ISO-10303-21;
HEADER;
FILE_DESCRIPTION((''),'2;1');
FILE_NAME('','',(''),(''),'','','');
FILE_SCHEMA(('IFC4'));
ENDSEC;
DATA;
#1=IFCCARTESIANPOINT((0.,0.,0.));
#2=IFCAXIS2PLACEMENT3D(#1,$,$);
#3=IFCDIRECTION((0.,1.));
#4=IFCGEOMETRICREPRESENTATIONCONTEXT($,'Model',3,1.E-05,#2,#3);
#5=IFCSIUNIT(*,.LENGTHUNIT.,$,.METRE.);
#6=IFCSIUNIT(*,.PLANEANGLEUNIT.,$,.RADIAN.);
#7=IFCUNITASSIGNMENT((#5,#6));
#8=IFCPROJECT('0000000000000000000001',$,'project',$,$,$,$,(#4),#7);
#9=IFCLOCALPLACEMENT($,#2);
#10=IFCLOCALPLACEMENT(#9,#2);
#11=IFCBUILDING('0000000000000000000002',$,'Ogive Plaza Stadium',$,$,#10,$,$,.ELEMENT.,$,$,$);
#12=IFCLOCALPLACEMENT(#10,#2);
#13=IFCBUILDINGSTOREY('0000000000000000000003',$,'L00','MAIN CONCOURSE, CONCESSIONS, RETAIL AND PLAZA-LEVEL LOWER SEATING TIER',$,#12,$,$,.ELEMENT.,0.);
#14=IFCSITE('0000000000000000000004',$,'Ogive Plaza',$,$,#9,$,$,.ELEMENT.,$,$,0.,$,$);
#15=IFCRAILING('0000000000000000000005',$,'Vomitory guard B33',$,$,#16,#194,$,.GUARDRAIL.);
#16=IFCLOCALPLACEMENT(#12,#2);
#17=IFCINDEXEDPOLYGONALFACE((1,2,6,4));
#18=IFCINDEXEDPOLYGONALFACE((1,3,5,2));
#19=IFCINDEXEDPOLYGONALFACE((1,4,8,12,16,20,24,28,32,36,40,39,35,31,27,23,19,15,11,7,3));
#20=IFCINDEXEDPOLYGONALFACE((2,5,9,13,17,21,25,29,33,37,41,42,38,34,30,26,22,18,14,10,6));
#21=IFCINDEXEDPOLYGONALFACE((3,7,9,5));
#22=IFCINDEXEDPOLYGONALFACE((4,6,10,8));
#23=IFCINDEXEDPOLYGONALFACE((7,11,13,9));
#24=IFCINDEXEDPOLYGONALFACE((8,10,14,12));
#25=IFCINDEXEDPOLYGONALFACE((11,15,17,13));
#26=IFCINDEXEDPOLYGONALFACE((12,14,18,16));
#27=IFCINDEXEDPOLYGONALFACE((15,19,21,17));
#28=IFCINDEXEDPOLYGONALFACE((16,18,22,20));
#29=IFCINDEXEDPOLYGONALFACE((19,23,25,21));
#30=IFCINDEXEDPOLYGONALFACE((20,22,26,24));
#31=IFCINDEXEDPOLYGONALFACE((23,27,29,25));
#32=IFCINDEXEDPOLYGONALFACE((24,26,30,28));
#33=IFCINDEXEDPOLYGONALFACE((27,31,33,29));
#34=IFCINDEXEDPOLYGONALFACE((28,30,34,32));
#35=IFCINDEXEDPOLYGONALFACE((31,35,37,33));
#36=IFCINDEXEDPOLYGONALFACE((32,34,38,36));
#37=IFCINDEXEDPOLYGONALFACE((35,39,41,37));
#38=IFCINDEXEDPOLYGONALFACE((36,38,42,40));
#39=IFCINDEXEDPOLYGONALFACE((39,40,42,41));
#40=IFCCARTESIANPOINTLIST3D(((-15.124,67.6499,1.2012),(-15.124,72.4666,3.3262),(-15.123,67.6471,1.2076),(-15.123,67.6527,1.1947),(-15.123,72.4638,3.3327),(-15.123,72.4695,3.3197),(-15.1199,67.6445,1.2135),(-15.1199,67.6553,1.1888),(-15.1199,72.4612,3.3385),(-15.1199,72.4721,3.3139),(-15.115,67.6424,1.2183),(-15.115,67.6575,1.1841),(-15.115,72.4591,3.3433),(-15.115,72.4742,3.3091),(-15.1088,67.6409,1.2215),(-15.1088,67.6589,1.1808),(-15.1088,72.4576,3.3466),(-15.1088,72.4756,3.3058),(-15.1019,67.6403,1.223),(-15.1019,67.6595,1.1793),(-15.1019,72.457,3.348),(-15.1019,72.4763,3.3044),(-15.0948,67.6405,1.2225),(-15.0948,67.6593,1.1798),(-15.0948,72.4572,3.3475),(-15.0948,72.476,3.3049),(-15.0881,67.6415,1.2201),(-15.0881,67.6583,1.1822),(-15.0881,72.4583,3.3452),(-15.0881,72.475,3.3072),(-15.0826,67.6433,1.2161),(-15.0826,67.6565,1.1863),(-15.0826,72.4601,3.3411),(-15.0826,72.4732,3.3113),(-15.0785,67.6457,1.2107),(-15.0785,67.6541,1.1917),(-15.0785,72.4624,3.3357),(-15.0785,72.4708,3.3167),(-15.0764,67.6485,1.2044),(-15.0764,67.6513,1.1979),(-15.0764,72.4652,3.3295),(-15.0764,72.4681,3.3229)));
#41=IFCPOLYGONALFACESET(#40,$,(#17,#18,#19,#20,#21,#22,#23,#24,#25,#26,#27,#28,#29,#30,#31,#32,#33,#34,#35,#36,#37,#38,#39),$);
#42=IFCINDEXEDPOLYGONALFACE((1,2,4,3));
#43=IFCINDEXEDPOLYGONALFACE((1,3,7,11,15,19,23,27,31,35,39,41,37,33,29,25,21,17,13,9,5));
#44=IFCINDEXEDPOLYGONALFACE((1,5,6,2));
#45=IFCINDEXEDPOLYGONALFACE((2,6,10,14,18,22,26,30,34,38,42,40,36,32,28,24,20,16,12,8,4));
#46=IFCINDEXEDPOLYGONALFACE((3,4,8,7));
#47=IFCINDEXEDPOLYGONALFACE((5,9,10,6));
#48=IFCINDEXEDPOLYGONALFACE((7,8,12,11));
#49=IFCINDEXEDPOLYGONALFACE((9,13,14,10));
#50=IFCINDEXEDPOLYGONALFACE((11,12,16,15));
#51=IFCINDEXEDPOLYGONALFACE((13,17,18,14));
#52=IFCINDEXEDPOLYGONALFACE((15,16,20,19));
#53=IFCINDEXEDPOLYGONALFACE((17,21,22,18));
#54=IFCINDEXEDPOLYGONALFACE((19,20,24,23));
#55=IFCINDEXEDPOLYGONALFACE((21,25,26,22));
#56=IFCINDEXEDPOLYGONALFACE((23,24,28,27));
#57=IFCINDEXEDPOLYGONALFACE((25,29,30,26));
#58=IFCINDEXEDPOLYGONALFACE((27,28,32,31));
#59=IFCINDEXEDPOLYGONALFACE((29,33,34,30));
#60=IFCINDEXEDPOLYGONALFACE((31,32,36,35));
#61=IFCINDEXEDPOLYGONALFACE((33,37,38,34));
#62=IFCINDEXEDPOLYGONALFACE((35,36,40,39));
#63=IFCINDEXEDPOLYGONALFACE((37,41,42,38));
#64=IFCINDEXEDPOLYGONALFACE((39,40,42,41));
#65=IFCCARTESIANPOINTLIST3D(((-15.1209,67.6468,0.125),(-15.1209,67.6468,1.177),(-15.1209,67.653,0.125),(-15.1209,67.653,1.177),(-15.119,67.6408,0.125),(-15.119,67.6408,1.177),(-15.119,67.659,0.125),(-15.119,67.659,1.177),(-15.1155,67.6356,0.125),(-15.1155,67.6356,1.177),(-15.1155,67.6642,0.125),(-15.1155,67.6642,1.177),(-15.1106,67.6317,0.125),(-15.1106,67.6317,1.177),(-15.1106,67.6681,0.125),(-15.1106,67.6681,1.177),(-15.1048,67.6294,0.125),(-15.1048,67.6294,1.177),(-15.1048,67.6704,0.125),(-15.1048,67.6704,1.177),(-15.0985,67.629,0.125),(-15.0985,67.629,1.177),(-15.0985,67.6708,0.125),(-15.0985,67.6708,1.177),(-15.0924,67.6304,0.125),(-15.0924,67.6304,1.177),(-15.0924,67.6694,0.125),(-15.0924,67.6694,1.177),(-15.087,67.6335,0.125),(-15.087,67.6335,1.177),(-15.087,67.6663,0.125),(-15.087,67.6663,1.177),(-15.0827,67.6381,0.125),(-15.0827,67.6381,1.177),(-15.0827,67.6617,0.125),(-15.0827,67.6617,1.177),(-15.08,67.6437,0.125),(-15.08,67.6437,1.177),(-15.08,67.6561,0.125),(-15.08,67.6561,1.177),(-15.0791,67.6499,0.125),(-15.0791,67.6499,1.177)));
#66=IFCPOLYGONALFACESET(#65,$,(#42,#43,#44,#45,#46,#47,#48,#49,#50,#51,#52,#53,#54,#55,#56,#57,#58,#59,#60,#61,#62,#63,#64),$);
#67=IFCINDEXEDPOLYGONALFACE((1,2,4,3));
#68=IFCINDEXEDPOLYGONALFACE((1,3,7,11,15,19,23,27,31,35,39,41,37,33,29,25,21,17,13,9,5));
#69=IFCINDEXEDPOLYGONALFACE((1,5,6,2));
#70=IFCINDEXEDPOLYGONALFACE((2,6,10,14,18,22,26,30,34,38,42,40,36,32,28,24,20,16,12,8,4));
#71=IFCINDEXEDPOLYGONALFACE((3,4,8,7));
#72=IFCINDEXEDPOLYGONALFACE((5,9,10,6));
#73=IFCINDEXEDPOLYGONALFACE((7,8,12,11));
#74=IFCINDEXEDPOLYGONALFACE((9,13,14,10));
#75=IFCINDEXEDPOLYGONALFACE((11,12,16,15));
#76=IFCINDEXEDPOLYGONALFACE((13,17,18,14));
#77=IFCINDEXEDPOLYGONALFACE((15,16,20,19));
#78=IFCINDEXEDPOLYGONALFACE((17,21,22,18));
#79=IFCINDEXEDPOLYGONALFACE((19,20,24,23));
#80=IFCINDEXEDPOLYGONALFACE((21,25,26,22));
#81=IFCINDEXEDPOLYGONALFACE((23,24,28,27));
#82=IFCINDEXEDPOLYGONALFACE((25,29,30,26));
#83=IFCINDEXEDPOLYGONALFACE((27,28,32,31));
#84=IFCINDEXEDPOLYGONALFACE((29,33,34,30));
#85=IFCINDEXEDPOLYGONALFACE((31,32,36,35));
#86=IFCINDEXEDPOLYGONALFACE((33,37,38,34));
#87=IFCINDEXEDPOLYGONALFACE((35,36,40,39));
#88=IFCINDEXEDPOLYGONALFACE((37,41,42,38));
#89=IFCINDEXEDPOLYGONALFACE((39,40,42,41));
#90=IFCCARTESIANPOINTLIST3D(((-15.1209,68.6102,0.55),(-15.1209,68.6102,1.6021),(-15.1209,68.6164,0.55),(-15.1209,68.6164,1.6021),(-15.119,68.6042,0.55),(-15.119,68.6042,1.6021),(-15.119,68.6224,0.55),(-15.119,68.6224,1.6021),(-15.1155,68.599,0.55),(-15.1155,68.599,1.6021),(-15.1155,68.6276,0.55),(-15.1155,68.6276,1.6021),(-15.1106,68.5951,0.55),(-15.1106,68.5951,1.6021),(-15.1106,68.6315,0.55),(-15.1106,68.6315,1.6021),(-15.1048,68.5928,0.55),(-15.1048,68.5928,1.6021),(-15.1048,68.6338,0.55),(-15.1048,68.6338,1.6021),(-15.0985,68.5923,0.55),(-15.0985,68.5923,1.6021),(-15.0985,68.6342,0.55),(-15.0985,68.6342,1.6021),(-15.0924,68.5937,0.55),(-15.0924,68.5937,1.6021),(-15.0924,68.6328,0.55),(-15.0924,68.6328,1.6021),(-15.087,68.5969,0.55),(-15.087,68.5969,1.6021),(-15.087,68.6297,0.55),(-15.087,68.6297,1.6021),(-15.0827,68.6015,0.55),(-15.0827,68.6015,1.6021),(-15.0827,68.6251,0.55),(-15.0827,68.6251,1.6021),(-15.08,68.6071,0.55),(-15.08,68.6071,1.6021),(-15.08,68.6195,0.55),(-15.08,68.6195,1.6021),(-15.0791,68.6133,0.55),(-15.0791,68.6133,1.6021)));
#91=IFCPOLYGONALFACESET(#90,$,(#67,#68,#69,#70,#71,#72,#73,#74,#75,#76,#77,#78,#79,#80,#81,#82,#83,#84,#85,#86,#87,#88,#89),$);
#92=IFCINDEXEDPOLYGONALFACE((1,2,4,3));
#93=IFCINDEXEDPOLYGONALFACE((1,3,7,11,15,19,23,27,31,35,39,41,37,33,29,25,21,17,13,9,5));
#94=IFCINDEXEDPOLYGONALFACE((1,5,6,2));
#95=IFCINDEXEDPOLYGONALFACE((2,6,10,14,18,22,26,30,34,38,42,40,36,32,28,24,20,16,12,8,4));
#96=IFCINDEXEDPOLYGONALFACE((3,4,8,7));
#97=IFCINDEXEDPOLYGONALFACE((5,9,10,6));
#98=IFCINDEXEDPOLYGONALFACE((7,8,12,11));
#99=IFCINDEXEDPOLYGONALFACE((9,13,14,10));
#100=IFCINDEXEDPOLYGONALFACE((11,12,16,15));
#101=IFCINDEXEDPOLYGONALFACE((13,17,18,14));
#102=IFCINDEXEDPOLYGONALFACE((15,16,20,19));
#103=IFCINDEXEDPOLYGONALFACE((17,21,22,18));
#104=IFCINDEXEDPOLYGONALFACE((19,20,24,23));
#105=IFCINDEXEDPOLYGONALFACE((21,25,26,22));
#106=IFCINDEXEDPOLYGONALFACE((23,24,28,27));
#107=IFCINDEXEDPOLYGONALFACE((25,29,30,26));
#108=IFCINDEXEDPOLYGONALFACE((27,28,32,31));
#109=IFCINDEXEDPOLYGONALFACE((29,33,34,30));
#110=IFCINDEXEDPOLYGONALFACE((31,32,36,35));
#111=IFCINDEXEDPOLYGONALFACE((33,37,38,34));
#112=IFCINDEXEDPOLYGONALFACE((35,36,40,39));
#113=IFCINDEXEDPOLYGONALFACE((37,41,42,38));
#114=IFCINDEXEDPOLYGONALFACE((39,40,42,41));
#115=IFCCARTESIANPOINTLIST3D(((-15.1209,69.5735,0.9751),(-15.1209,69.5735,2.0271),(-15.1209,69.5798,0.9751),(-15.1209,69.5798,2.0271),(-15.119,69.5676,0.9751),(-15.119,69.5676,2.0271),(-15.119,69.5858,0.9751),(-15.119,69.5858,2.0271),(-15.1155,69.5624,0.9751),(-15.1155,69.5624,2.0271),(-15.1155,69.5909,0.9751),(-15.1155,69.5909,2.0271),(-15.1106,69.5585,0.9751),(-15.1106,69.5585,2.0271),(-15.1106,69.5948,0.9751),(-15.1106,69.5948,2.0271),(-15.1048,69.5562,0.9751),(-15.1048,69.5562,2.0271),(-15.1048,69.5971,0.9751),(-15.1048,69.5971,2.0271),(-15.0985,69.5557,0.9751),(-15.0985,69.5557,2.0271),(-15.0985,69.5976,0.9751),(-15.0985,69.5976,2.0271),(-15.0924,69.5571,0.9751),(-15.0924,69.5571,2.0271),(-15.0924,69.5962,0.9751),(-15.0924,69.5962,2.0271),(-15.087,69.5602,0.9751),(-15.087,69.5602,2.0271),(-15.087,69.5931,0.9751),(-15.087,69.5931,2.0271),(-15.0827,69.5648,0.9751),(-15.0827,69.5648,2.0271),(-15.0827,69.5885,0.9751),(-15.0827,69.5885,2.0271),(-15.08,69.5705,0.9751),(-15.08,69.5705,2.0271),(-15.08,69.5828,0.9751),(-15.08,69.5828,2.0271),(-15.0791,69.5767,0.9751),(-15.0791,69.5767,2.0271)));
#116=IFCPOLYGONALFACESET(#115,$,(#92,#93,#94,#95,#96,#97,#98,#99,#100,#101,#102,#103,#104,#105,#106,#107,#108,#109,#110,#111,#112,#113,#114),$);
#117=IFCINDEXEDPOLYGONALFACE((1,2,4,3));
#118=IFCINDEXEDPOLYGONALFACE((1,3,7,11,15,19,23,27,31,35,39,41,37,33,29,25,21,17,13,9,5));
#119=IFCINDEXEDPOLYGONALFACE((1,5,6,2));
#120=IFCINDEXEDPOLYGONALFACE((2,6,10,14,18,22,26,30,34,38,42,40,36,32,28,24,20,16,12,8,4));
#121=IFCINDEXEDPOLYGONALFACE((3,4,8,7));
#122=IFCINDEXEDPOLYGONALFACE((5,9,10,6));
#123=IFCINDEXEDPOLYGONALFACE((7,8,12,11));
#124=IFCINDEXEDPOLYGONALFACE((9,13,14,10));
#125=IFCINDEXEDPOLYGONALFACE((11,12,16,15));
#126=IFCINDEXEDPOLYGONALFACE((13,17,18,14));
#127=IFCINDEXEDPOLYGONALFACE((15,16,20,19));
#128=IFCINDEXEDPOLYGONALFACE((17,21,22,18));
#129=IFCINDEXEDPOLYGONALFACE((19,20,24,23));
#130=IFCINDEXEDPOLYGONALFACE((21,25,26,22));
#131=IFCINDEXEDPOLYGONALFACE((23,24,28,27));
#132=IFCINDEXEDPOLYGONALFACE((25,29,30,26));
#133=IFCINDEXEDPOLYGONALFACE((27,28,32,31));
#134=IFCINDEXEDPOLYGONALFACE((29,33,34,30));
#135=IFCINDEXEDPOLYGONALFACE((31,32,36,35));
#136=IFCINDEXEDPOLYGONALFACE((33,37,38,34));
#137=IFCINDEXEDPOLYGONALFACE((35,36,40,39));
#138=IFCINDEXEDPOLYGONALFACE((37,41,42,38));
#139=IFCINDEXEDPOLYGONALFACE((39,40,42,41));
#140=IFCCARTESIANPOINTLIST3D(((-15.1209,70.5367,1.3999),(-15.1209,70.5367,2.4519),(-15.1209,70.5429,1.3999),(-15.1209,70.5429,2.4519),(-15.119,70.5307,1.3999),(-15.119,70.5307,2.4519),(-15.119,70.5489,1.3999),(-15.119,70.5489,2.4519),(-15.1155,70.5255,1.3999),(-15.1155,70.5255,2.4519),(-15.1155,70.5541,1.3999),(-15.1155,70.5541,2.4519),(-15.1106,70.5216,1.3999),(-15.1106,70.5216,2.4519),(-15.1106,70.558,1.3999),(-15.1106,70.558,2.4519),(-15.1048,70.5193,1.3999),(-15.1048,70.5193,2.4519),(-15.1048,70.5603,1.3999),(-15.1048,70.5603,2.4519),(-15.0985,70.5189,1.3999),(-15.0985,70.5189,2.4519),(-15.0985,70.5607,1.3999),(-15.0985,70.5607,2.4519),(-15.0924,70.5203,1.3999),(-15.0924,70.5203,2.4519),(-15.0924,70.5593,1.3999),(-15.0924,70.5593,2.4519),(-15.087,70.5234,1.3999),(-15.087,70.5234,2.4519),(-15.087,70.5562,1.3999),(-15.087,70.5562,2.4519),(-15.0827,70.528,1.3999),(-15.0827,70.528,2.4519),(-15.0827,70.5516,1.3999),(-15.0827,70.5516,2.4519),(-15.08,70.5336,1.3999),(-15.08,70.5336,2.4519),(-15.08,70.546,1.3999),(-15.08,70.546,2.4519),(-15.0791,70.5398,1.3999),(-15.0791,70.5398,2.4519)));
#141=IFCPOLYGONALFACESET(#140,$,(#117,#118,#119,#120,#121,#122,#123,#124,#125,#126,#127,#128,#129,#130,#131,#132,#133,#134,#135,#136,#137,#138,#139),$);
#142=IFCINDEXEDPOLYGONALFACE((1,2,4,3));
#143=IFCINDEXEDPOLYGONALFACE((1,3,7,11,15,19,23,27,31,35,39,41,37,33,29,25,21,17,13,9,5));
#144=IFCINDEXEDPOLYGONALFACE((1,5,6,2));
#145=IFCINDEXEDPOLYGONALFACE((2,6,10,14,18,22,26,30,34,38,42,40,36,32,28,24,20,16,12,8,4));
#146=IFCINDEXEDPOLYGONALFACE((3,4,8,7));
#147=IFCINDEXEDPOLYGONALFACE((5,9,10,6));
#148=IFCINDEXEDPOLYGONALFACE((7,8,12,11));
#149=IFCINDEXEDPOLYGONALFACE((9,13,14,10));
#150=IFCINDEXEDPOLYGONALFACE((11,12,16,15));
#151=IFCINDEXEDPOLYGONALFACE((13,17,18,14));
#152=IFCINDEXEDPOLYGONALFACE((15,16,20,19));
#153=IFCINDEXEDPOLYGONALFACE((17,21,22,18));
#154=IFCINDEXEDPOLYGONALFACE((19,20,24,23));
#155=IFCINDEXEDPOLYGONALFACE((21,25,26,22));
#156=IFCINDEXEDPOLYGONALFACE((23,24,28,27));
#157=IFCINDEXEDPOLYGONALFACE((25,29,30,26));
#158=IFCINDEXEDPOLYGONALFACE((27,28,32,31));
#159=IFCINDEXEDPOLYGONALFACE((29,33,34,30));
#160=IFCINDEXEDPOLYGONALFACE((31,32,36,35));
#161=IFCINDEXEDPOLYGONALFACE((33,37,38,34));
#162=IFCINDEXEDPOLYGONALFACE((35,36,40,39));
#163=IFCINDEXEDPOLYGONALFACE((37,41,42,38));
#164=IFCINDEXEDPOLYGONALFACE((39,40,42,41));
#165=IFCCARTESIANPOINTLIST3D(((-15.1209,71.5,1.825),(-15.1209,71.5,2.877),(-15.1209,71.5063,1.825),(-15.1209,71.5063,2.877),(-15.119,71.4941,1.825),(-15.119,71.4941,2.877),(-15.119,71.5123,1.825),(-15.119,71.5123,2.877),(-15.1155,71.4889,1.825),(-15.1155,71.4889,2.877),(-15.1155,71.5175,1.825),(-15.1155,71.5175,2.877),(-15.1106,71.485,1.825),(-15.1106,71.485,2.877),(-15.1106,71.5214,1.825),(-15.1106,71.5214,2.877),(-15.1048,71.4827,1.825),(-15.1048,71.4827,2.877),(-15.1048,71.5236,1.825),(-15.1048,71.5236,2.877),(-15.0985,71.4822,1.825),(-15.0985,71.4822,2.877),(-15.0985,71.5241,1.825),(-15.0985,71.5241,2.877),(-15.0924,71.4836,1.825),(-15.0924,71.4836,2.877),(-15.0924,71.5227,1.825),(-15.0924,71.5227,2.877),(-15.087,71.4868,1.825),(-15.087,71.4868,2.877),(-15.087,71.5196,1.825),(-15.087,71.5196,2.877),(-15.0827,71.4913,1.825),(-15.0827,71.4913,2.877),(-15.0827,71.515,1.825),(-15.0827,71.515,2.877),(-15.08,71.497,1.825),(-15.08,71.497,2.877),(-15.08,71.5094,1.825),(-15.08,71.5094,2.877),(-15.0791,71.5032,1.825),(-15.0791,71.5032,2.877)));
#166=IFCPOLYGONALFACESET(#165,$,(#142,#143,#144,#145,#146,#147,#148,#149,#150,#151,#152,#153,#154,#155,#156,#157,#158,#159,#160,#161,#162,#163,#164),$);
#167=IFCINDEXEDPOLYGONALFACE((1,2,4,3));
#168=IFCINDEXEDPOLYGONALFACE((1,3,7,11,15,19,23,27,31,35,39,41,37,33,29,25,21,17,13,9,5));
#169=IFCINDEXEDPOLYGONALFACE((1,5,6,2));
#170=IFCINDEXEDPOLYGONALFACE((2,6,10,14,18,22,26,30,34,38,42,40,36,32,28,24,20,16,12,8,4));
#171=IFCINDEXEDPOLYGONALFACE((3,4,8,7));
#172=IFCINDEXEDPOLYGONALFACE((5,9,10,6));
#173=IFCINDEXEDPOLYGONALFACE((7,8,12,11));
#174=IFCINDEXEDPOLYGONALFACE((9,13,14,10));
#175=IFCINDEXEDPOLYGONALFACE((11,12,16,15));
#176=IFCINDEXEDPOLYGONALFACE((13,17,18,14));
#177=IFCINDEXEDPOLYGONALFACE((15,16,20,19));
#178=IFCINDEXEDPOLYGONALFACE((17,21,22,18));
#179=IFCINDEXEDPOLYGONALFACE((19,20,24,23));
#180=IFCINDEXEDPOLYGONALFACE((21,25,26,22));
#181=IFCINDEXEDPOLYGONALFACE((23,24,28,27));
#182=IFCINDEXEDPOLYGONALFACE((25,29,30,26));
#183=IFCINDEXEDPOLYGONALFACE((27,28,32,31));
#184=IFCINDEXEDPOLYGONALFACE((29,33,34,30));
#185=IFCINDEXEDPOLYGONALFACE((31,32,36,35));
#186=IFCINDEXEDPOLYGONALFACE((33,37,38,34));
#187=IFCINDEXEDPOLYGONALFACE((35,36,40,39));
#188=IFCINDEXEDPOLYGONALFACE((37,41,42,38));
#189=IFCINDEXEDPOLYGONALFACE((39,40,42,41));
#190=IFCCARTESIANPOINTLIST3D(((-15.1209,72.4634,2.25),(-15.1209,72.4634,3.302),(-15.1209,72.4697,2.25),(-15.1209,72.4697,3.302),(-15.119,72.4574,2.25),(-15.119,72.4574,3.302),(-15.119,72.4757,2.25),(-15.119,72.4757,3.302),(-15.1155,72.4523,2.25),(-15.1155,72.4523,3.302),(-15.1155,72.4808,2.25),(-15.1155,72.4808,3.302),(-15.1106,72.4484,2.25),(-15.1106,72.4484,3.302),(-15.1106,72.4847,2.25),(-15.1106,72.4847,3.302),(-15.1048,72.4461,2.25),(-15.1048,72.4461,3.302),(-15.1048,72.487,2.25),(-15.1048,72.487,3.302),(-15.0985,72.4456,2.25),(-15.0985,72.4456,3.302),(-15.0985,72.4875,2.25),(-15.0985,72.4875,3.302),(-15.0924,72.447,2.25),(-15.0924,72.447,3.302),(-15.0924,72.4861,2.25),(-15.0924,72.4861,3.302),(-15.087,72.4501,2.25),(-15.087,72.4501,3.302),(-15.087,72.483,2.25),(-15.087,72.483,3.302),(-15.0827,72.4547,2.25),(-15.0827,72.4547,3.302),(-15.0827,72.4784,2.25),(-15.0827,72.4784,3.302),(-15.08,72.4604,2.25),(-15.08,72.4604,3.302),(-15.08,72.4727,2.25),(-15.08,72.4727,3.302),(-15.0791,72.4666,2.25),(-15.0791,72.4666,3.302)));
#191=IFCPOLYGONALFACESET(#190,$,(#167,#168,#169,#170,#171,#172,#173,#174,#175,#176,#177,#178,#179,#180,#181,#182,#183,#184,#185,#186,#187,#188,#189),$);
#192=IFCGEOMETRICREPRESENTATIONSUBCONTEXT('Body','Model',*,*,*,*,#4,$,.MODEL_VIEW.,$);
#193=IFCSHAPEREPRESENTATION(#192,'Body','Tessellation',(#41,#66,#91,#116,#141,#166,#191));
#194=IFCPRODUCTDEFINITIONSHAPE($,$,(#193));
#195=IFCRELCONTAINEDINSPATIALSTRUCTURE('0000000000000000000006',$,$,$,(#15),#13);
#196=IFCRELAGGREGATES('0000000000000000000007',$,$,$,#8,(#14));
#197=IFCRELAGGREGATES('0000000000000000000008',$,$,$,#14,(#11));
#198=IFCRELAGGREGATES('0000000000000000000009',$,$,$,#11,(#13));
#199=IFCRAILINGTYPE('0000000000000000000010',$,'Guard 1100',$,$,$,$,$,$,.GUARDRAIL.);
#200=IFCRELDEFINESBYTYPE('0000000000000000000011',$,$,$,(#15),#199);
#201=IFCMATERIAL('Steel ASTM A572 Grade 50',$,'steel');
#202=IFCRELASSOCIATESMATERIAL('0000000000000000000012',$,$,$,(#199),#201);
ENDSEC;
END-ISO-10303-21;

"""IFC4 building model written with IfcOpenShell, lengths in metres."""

from ifc_helpers import new_model, si_unit, direction, frame, origin, origin_2d, place, context, subcontext, project, spatial, circle, extrude, material, type_object, element, save


model = new_model("IFC4")

# Units and contexts
model_context = context("Model", 3, precision=1e-05, world=origin(), true_north=direction((0.0, 1.0)))
body_context = subcontext(model_context, "Body", "Model", "MODEL_VIEW")
ifc_project = project(units=[si_unit("LENGTHUNIT", "METRE"), si_unit("PLANEANGLEUNIT", "RADIAN")], contexts=[model_context])

# Site, building, storey
site_placement = place(None, origin())
site = spatial("IfcSite", under=ifc_project, at=site_placement, Name="Ogive Plaza", CompositionType="ELEMENT", RefElevation=0.0)
building_placement = place(site_placement, origin())
building = spatial("IfcBuilding", under=site, at=building_placement, Name="Ogive Plaza Stadium", CompositionType="ELEMENT")
storey_placement = place(building_placement, origin())
storey = spatial("IfcBuildingStorey", under=building, at=storey_placement, Name="L00", Description="MAIN CONCOURSE, CONCESSIONS, RETAIL AND PLAZA-LEVEL LOWER SEATING TIER", CompositionType="ELEMENT", Elevation=0.0)

# Railing
ifc_material_1 = material(Name="Steel ASTM A572 Grade 50", Category="steel")
railing_type = type_object("IfcRailingType", Name="Guard 1100", PredefinedType="GUARDRAIL", material=ifc_material_1)
for number, where, name in (
    (1, (-15.1001, 67.6499, 0.125), "Vomitory guard B33"),
):
    element("IfcRailing", number, at=place(storey_placement, frame(where)), inside=storey, type_object=railing_type, Name=name, PredefinedType="GUARDRAIL", context=body_context, shape_type="SweptSolid", body=[
        extrude(circle(Radius=0.0239, at=origin_2d()), frame((0.0, 0.0, 1.0762), z_axis=(0.0, 0.914917, 0.403641), x_axis=(-1.0, 0.0, 0.0)), (0.0, 0.0, 1.0), 5.2646),
        extrude(circle(Radius=0.021, at=origin_2d()), origin(), (0.0, 0.0, 1.0), 1.052),
        extrude(circle(Radius=0.021, at=origin_2d()), frame((0.0, 0.9634, 0.425)), (0.0, 0.0, 1.0), 1.052),
        extrude(circle(Radius=0.021, at=origin_2d()), frame((0.0, 1.9268, 0.8501)), (0.0, 0.0, 1.0), 1.052),
        extrude(circle(Radius=0.021, at=origin_2d()), frame((0.0, 2.8899, 1.2749)), (0.0, 0.0, 1.0), 1.052),
        extrude(circle(Radius=0.021, at=origin_2d()), frame((0.0, 3.8533, 1.7)), (0.0, 0.0, 1.0), 1.052),
        extrude(circle(Radius=0.021, at=origin_2d()), frame((0.0, 4.8167, 2.125)), (0.0, 0.0, 1.0), 1.052),
    ])

save(model, "model.ifc")
